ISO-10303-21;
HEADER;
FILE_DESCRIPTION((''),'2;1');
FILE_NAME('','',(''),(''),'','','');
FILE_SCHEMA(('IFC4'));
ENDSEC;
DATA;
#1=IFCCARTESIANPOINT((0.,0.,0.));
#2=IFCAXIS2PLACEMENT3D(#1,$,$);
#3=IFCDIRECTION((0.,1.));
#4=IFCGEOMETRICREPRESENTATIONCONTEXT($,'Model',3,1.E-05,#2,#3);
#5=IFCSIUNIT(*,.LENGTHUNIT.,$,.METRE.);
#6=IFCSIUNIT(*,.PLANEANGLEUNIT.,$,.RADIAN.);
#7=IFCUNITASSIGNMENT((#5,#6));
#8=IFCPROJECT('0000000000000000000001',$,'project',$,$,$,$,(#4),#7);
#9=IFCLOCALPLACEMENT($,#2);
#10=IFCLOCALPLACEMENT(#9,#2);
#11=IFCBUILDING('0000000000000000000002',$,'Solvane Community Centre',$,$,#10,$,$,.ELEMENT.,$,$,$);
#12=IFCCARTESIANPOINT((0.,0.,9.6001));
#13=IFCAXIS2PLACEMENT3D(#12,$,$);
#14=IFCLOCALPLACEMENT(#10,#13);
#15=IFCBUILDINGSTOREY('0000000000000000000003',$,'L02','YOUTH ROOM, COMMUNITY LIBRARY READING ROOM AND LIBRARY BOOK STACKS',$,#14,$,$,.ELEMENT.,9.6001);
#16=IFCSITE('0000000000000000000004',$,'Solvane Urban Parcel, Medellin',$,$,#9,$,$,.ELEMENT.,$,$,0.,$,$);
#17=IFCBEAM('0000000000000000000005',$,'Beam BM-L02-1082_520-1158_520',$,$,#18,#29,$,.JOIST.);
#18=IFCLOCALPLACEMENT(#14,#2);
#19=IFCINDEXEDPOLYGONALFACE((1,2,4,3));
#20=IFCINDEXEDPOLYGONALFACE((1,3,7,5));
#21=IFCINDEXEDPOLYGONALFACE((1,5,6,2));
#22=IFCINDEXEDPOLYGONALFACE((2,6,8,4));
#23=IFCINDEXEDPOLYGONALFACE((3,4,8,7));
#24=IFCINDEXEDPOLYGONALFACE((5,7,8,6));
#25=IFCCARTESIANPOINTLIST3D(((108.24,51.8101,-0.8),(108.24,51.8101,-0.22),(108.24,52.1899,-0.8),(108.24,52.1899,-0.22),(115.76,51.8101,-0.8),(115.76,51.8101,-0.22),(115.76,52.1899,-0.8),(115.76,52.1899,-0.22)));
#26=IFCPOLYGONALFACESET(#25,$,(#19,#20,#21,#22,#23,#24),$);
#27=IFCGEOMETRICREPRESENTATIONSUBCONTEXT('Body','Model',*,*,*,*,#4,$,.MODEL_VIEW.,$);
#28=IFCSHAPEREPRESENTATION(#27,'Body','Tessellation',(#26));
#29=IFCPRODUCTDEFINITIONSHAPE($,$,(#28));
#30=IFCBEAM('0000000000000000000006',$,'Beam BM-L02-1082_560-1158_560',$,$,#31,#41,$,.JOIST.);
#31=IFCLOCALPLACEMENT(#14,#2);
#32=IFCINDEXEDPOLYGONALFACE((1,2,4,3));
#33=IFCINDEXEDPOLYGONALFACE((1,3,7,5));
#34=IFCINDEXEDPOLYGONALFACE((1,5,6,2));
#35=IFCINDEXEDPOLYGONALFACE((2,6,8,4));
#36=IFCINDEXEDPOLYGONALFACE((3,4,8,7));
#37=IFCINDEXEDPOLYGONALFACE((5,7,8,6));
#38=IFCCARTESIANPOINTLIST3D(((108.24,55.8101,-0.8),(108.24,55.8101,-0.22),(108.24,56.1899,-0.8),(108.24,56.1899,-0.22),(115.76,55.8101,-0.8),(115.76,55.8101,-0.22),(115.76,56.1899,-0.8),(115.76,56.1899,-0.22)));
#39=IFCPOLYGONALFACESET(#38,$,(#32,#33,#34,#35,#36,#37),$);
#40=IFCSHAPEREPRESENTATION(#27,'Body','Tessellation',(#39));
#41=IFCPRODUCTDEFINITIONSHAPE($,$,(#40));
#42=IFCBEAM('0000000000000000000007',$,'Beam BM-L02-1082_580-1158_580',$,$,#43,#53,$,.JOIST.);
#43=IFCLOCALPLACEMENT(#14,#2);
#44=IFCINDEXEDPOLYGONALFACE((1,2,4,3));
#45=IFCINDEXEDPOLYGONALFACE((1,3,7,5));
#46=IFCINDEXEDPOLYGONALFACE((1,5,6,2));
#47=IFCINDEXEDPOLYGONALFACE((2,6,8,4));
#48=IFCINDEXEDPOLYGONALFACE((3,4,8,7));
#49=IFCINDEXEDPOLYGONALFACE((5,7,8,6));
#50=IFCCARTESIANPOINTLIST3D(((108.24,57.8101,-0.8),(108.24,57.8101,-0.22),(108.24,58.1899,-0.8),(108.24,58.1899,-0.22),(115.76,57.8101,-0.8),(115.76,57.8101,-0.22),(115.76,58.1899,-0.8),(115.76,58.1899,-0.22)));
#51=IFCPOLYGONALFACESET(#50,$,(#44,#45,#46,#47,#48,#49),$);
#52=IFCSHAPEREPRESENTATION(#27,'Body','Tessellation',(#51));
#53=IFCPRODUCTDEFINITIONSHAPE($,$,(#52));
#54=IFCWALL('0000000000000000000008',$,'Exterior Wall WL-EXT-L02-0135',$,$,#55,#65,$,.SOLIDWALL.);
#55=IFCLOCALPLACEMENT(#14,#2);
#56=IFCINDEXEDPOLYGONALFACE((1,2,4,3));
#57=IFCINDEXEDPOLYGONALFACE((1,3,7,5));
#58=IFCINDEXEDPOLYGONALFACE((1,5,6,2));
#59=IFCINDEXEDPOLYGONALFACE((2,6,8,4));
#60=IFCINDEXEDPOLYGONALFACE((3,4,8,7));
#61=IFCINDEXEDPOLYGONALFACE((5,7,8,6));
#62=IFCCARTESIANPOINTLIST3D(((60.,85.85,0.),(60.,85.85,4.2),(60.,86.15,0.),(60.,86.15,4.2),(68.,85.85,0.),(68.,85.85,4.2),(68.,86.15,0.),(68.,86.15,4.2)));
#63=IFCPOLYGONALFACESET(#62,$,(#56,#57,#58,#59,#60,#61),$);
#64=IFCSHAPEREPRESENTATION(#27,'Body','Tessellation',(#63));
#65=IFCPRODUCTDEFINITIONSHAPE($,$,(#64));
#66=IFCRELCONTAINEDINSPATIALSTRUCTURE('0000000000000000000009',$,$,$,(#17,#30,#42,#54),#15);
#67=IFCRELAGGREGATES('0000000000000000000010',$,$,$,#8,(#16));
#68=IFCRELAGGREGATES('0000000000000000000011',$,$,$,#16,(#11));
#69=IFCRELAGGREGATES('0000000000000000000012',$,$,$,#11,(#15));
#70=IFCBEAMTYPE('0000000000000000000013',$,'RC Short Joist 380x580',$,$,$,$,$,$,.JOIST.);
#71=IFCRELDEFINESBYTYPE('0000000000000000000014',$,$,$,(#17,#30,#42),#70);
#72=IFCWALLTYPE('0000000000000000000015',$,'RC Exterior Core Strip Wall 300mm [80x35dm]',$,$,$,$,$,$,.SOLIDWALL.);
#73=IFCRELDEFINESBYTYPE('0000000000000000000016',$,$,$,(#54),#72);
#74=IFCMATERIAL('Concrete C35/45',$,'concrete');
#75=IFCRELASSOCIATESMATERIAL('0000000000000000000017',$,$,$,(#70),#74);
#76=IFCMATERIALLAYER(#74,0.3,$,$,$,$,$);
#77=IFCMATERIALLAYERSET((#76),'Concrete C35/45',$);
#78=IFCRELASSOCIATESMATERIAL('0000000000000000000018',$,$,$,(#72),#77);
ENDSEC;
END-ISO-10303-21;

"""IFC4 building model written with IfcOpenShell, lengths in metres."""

from ifc_helpers import new_model, si_unit, direction, frame, frame_2d, origin, origin_2d, place, context, subcontext, project, spatial, rectangle, extrude, material, layer, layer_set, material_profile, profile_set, type_object, element, save


model = new_model("IFC4")

# Units and contexts
model_context = context("Model", 3, precision=1e-05, world=origin(), true_north=direction((0.0, 1.0)))
body_context = subcontext(model_context, "Body", "Model", "MODEL_VIEW")
ifc_project = project(units=[si_unit("LENGTHUNIT", "METRE"), si_unit("PLANEANGLEUNIT", "RADIAN")], contexts=[model_context])

# Site, building, storey
site_placement = place(None, origin())
site = spatial("IfcSite", under=ifc_project, at=site_placement, Name="Solvane Urban Parcel, Medellin", CompositionType="ELEMENT", RefElevation=0.0)
building_placement = place(site_placement, origin())
building = spatial("IfcBuilding", under=site, at=building_placement, Name="Solvane Community Centre", CompositionType="ELEMENT")
storey_placement = place(building_placement, frame((0.0, 0.0, 9.6001)))
storey = spatial("IfcBuildingStorey", under=building, at=storey_placement, Name="L02", Description="YOUTH ROOM, COMMUNITY LIBRARY READING ROOM AND LIBRARY BOOK STACKS", CompositionType="ELEMENT", Elevation=9.6001)

# Beams
ifc_material_1 = material(Name="Concrete C35/45", Category="concrete")
ifc_material_profile_1 = material_profile(ifc_material_1, rectangle(XDim=0.3799, YDim=0.5801, at=origin_2d()), Name="RC 380x580")
ifc_profile_set_1 = profile_set([ifc_material_profile_1], Name="Concrete C35/45")
beam_type_1 = type_object("IfcBeamType", Name="RC Short Joist 380x580", PredefinedType="JOIST", material=ifc_profile_set_1)
for number, where, z_axis, x_axis, name in (
    (1, (108.24, 52.0, -0.51), (1.0, 0.0, 0.0), (0.0, 1.0, 0.0), "Beam BM-L02-1082_520-1158_520"),
    (2, (108.24, 56.0, -0.51), (1.0, 0.0, 0.0), (0.0, 1.0, 0.0), "Beam BM-L02-1082_560-1158_560"),
    (3, (108.24, 58.0, -0.51), (1.0, 0.0, 0.0), (0.0, 1.0, 0.0), "Beam BM-L02-1082_580-1158_580"),
):
    element("IfcBeam", number, at=place(storey_placement, frame(where, z_axis=z_axis, x_axis=x_axis)), inside=storey, type_object=beam_type_1, Name=name, PredefinedType="JOIST", context=body_context, shape_type="SweptSolid", body=[
        extrude(rectangle(XDim=0.3799, YDim=0.5801, at=origin_2d()), origin(), (0.0, 0.0, 1.0), 7.52),
    ])

# Wall
ifc_layer = layer(ifc_material_1, 0.3)
ifc_layer_set = layer_set([ifc_layer], Name="Concrete C35/45")
wall_type = type_object("IfcWallType", Name="RC Exterior Core Strip Wall 300mm [80x35dm]", PredefinedType="SOLIDWALL", material=ifc_layer_set)
wall_placement = place(storey_placement, frame((68.0, 86.0, 0.0), z_axis=(0.0, 0.0, 1.0), x_axis=(-1.0, 0.0, 0.0)))
element("IfcWall", 4, at=wall_placement, inside=storey, type_object=wall_type, Name="Exterior Wall WL-EXT-L02-0135", PredefinedType="SOLIDWALL", context=body_context, shape_type="SweptSolid", body=[
    extrude(rectangle(XDim=8.0, YDim=0.3, at=frame_2d((4.0, 0.0))), origin(), (0.0, 0.0, 1.0), 4.2),
])

save(model, "model.ifc")
